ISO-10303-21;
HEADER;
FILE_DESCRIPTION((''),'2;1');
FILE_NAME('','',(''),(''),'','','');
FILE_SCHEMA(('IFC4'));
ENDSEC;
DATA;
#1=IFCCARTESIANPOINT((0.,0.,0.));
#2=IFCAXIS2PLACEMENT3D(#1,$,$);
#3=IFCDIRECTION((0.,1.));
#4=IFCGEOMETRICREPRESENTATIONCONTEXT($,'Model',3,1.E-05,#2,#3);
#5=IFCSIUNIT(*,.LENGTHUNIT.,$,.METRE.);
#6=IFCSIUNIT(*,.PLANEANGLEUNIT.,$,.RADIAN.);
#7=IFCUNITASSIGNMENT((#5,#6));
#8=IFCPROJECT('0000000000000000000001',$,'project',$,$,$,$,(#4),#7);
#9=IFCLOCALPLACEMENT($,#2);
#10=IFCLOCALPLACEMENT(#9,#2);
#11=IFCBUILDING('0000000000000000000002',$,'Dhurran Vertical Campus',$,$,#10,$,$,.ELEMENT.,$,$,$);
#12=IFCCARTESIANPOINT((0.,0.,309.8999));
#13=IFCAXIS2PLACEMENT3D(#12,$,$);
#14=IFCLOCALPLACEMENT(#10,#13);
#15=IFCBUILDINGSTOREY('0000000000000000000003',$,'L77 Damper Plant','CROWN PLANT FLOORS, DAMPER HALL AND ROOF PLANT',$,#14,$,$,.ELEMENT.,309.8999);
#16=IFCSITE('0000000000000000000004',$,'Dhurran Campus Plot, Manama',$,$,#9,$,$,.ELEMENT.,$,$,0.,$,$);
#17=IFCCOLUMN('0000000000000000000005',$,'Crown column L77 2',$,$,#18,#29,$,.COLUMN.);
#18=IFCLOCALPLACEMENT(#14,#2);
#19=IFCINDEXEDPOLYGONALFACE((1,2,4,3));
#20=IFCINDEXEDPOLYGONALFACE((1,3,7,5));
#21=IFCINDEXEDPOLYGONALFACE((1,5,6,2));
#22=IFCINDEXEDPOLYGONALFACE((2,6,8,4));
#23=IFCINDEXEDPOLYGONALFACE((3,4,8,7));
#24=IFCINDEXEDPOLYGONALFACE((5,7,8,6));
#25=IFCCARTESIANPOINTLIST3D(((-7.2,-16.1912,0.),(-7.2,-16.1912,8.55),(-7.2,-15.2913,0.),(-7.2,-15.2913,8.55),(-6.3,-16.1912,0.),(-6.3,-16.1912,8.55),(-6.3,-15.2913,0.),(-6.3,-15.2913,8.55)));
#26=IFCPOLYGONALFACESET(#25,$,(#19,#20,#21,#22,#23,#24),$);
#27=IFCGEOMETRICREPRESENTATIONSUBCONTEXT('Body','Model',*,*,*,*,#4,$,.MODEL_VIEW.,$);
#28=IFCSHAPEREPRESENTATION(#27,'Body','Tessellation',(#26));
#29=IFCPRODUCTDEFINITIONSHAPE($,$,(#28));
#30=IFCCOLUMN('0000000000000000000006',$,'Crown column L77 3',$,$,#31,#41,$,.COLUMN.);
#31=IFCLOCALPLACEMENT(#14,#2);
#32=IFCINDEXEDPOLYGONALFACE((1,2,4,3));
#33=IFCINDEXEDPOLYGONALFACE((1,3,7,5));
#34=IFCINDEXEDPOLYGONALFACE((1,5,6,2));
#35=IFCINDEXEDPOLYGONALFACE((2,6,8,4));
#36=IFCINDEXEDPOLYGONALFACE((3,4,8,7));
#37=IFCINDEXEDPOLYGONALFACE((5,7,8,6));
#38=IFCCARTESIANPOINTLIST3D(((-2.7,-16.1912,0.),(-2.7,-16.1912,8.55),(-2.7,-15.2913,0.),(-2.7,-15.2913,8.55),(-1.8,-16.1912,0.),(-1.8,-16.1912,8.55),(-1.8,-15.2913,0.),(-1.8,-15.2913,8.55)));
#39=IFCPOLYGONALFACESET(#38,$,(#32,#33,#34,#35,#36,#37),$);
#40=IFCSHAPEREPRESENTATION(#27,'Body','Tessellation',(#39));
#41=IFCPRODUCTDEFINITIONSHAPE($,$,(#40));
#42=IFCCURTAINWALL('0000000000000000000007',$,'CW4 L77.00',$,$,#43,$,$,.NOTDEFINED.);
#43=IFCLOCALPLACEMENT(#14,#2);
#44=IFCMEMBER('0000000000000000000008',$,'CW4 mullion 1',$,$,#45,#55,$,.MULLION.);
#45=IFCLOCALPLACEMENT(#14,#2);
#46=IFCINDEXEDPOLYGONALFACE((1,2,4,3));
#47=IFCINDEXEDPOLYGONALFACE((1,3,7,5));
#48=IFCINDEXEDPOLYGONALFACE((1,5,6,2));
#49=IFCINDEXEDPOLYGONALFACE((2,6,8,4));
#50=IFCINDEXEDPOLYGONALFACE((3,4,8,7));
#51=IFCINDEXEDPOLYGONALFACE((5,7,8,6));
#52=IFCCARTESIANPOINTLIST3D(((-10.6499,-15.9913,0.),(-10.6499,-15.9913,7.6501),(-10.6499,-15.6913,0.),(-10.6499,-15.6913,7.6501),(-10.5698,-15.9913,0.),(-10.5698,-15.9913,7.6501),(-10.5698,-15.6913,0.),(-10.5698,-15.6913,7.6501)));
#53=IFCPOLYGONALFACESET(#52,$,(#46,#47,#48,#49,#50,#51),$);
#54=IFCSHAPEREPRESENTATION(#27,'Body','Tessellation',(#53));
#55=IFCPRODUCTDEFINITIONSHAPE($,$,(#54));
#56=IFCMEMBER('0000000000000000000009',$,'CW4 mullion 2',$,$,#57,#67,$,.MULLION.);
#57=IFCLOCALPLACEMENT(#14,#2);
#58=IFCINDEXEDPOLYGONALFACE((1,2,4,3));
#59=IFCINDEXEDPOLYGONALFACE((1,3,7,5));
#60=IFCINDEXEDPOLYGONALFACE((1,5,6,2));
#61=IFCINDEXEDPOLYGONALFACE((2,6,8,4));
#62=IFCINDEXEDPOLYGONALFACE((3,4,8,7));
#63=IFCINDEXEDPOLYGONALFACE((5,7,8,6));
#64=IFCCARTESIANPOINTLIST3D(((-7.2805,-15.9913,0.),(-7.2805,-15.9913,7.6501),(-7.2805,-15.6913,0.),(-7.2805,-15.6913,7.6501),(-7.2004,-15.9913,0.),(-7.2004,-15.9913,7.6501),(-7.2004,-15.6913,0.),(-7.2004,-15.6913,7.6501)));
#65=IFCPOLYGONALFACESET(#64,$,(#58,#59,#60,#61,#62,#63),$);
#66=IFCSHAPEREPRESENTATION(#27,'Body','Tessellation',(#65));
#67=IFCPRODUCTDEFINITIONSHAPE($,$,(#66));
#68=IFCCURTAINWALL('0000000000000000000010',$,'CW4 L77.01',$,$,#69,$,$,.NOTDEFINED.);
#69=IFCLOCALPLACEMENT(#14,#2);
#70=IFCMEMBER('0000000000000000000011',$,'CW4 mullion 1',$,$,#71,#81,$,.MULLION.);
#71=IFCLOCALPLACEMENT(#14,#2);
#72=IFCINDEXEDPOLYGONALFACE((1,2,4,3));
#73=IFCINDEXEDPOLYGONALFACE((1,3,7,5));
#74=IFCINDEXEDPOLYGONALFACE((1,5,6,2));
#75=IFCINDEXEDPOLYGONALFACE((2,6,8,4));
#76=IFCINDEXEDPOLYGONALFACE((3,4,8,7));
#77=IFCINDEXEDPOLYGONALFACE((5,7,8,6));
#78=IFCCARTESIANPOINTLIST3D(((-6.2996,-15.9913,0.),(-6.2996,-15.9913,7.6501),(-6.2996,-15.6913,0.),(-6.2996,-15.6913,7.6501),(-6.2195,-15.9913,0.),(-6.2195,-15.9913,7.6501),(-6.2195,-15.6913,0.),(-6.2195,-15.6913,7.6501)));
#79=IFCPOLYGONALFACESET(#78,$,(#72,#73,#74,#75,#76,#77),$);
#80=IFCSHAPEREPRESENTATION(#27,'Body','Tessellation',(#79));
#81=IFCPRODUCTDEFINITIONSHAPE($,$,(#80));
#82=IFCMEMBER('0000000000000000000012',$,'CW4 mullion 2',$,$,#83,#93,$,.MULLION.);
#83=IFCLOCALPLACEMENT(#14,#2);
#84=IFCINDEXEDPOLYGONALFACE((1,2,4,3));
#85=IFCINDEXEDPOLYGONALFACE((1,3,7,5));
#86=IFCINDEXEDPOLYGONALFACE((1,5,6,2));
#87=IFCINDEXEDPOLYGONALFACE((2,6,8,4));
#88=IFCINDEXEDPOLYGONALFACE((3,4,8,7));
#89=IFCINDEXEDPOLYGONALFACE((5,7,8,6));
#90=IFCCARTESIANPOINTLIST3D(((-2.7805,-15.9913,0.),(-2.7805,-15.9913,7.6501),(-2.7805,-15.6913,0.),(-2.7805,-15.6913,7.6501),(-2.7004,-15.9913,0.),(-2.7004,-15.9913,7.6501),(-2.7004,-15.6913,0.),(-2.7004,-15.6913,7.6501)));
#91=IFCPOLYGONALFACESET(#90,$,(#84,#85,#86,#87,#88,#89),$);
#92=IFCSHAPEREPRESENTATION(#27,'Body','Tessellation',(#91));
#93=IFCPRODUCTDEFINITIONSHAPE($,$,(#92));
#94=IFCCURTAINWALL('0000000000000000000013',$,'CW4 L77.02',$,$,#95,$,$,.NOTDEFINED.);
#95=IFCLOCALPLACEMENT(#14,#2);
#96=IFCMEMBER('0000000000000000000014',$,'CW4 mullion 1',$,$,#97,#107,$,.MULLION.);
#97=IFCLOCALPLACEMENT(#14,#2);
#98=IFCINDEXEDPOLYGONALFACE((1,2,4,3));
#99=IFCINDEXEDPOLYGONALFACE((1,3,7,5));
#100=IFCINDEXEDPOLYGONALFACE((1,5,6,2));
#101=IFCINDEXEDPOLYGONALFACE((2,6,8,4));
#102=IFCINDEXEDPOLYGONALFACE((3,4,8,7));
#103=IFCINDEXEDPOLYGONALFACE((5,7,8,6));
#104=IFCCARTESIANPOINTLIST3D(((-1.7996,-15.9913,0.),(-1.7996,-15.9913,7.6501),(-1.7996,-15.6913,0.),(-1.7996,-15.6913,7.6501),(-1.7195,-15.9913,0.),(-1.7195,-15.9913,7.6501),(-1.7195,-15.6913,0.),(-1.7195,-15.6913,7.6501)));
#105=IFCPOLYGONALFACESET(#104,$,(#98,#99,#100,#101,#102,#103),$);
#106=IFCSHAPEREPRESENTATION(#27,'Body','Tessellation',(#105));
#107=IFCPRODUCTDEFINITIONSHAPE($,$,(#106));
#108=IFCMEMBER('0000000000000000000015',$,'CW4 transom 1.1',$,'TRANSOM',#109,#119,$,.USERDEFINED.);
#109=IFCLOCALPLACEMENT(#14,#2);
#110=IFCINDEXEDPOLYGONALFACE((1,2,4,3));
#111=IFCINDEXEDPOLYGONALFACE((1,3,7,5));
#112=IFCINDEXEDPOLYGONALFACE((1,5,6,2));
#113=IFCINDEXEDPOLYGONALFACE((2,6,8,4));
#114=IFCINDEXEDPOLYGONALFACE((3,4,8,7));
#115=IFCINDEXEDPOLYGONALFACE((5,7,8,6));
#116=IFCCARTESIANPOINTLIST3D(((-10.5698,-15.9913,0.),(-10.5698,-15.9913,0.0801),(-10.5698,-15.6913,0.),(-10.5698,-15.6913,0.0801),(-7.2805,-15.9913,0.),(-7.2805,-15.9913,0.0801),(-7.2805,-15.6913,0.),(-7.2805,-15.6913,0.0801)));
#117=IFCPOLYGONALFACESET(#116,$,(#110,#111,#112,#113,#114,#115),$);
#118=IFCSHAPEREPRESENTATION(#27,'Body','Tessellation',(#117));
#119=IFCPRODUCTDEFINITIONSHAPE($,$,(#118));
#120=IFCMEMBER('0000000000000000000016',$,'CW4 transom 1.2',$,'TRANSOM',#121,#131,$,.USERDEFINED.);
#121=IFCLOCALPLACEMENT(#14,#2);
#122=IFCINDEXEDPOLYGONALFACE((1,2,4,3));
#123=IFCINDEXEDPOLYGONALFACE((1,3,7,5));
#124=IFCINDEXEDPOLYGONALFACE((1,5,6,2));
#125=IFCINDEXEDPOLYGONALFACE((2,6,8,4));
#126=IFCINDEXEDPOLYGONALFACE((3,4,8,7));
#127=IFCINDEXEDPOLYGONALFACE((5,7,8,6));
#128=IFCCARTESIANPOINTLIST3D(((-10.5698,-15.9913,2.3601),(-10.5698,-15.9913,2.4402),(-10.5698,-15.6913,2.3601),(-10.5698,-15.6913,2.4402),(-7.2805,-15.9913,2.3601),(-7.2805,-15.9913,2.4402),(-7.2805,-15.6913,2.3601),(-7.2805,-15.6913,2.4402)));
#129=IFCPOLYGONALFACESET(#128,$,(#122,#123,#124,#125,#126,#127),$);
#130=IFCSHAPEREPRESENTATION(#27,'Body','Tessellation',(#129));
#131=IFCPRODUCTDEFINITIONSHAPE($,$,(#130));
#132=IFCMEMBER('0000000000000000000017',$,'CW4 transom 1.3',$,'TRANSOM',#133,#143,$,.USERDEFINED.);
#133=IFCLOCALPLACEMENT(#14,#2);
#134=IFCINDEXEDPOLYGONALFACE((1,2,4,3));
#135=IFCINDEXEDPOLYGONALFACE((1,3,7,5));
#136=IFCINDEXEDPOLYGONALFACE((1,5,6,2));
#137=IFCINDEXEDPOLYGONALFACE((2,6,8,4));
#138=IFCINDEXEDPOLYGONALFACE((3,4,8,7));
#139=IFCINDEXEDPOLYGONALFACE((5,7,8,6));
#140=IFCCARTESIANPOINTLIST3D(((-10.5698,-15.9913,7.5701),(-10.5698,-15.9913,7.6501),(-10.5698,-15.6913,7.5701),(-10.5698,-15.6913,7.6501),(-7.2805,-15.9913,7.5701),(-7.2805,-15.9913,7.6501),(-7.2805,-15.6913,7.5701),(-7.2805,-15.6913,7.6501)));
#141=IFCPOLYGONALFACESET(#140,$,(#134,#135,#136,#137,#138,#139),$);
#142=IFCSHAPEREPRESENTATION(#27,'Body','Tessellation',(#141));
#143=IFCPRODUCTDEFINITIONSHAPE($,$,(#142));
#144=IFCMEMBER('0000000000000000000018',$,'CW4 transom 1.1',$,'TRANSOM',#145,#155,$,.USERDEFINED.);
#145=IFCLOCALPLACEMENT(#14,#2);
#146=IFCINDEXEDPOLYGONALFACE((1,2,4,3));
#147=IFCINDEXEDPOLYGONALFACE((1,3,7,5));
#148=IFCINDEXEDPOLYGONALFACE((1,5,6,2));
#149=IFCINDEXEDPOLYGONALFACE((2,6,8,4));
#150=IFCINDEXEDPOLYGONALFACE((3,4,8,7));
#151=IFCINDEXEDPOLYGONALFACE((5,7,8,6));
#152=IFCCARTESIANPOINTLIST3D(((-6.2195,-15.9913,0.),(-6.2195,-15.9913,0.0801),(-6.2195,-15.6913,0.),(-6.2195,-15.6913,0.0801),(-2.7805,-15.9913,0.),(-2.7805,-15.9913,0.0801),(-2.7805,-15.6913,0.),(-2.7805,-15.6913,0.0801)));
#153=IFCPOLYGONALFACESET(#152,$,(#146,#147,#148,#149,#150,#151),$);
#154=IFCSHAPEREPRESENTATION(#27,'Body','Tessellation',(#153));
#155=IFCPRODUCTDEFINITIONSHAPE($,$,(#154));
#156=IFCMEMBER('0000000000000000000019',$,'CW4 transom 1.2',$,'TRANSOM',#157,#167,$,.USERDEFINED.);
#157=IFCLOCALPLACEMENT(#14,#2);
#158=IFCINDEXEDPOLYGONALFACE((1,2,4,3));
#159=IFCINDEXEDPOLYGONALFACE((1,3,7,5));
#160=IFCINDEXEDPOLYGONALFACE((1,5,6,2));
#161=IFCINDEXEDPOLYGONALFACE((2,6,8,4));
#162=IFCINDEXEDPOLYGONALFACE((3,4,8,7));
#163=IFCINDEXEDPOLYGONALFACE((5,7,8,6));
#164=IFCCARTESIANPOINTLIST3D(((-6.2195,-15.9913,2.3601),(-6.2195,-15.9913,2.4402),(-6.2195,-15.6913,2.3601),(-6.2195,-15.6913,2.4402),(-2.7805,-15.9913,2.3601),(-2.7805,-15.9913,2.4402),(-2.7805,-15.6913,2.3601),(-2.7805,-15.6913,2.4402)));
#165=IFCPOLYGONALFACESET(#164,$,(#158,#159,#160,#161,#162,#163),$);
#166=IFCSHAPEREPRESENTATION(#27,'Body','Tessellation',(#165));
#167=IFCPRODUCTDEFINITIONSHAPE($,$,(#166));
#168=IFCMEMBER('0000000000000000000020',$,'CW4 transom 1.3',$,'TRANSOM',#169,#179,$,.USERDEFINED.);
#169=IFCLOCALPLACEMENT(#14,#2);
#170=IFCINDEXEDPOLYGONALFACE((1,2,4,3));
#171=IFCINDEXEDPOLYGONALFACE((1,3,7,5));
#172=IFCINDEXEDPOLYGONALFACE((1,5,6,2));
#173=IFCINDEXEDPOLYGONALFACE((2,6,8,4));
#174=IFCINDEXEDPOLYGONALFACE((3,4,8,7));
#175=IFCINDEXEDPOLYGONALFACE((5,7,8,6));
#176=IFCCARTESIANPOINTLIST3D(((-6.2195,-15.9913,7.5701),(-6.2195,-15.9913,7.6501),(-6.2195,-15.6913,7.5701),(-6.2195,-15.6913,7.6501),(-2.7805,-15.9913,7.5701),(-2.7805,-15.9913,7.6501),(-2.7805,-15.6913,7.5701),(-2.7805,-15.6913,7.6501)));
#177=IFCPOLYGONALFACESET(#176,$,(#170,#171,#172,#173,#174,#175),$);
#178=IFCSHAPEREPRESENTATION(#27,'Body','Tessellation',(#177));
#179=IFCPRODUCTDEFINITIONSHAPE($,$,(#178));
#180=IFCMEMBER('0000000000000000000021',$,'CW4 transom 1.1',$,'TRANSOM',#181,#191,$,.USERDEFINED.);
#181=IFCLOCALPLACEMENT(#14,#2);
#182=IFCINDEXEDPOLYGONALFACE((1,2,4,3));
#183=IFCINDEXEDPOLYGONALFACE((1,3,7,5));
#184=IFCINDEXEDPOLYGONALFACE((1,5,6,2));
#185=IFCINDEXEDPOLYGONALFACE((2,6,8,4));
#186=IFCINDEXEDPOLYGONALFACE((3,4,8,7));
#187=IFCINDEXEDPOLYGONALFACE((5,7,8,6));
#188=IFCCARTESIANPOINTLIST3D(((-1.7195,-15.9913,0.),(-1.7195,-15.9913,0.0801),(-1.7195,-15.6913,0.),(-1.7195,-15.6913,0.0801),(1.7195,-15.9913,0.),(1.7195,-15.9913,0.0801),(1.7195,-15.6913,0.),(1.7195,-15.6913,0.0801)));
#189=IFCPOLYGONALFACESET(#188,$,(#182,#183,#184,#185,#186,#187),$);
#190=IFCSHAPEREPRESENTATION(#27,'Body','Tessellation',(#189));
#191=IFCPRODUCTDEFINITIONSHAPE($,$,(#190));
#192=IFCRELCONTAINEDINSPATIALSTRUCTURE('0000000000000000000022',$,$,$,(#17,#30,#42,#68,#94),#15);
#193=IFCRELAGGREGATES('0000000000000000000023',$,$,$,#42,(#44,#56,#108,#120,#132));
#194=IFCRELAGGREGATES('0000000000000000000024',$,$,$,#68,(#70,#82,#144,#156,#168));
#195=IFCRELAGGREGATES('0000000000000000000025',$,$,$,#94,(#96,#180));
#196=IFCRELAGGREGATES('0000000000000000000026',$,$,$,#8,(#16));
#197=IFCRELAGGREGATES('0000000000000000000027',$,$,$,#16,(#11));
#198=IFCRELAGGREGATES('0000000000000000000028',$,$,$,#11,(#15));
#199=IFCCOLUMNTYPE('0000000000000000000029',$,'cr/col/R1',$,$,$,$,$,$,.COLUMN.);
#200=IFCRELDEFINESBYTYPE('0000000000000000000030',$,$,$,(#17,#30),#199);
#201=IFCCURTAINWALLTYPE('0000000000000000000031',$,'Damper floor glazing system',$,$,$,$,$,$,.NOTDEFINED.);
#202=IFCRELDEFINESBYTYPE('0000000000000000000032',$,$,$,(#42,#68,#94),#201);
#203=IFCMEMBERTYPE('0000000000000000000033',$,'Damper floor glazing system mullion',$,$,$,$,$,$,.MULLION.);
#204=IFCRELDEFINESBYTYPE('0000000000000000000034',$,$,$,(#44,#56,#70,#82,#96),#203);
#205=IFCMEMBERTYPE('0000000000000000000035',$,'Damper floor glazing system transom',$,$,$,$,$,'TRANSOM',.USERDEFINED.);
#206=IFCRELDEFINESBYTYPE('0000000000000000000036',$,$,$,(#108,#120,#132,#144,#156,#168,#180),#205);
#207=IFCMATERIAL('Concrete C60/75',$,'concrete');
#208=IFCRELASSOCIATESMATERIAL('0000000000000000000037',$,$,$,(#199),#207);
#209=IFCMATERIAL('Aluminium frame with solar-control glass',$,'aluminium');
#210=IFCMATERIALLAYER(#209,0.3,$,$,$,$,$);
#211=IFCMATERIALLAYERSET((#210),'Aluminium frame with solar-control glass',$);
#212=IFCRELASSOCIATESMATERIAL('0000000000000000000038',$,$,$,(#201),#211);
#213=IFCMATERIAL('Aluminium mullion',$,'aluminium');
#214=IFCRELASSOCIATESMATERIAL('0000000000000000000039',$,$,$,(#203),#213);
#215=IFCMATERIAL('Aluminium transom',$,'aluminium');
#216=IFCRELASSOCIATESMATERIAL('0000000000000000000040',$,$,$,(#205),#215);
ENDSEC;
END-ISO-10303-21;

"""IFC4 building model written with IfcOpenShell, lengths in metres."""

from ifc_helpers import new_model, si_unit, direction, frame, origin, origin_2d, place, context, subcontext, project, spatial, rectangle, extrude, material, layer, layer_set, material_profile, profile_set, type_object, element, aggregate, save


model = new_model("IFC4")

# Units and contexts
model_context = context("Model", 3, precision=1e-05, world=origin(), true_north=direction((0.0, 1.0)))
body_context = subcontext(model_context, "Body", "Model", "MODEL_VIEW")
ifc_project = project(units=[si_unit("LENGTHUNIT", "METRE"), si_unit("PLANEANGLEUNIT", "RADIAN")], contexts=[model_context])

# Site, building, storey
site_placement = place(None, origin())
site = spatial("IfcSite", under=ifc_project, at=site_placement, Name="Dhurran Campus Plot, Manama", CompositionType="ELEMENT", RefElevation=0.0)
building_placement = place(site_placement, origin())
building = spatial("IfcBuilding", under=site, at=building_placement, Name="Dhurran Vertical Campus", CompositionType="ELEMENT")
storey_placement = place(building_placement, frame((0.0, 0.0, 309.8999)))
storey = spatial("IfcBuildingStorey", under=building, at=storey_placement, Name="L77 Damper Plant", Description="CROWN PLANT FLOORS, DAMPER HALL AND ROOF PLANT", CompositionType="ELEMENT", Elevation=309.8999)

# Columns
ifc_material_1 = material(Name="Concrete C60/75", Category="concrete")
ifc_material_profile_1 = material_profile(ifc_material_1, rectangle(XDim=0.8999, YDim=0.8999, at=origin_2d()), Name="cr/col/R1")
ifc_profile_set_1 = profile_set([ifc_material_profile_1], Name="Concrete C60/75")
column_type = type_object("IfcColumnType", Name="cr/col/R1", PredefinedType="COLUMN", material=ifc_profile_set_1)
for number, where, z_axis, x_axis, name in (
    (1, (-6.75, -15.7412, 0.0), (0.0, 0.0, 1.0), (1.0, 0.0, 0.0), "Crown column L77 2"),
    (2, (-2.25, -15.7412, 0.0), (0.0, 0.0, 1.0), (1.0, 0.0, 0.0), "Crown column L77 3"),
):
    element("IfcColumn", number, at=place(storey_placement, frame(where, z_axis=z_axis, x_axis=x_axis)), inside=storey, type_object=column_type, Name=name, PredefinedType="COLUMN", context=body_context, shape_type="SweptSolid", body=[
        extrude(rectangle(XDim=0.8999, YDim=0.8999, at=origin_2d()), origin(), (0.0, 0.0, 1.0), 8.55),
    ])

# Curtain walls, members
ifc_material_2 = material(Name="Aluminium frame with solar-control glass", Category="aluminium")
ifc_layer_1 = layer(ifc_material_2, 0.3)
ifc_layer_set_1 = layer_set([ifc_layer_1], Name="Aluminium frame with solar-control glass")
curtain_wall_type = type_object("IfcCurtainWallType", Name="Damper floor glazing system", PredefinedType="NOTDEFINED", material=ifc_layer_set_1)
curtain_wall_1_placement = place(storey_placement, origin())
curtain_wall_1 = element("IfcCurtainWall", 3, at=curtain_wall_1_placement, inside=storey, type_object=curtain_wall_type, Name="CW4 L77.00", PredefinedType="NOTDEFINED")
ifc_material_3 = material(Name="Aluminium mullion", Category="aluminium")
ifc_material_profile_2 = material_profile(ifc_material_3, rectangle(XDim=0.3, YDim=0.0801, at=origin_2d()), Name="Damper floor glazing system mullion")
ifc_profile_set_2 = profile_set([ifc_material_profile_2], Name="Aluminium mullion")
member_type_1 = type_object("IfcMemberType", Name="Damper floor glazing system mullion", PredefinedType="MULLION", material=ifc_profile_set_2)
member_1_placement = place(storey_placement, frame((-10.6099, -15.8413, 0.0), z_axis=(0.0, 0.0, 1.0), x_axis=(0.0, 1.0, 0.0)))
member_1 = element("IfcMember", 4, at=member_1_placement, type_object=member_type_1, Name="CW4 mullion 1", PredefinedType="MULLION", context=body_context, shape_type="SweptSolid", body=[
    extrude(rectangle(XDim=0.3, YDim=0.0801, at=origin_2d()), origin(), (0.0, 0.0, 1.0), 7.6501),
])
member_2_placement = place(storey_placement, frame((-7.2405, -15.8413, 0.0), z_axis=(0.0, 0.0, 1.0), x_axis=(0.0, 1.0, 0.0)))
member_2 = element("IfcMember", 5, at=member_2_placement, type_object=member_type_1, Name="CW4 mullion 2", PredefinedType="MULLION", context=body_context, shape_type="SweptSolid", body=[
    extrude(rectangle(XDim=0.3, YDim=0.0801, at=origin_2d()), origin(), (0.0, 0.0, 1.0), 7.6501),
])
curtain_wall_2_placement = place(storey_placement, origin())
curtain_wall_2 = element("IfcCurtainWall", 6, at=curtain_wall_2_placement, inside=storey, type_object=curtain_wall_type, Name="CW4 L77.01", PredefinedType="NOTDEFINED")
member_3_placement = place(storey_placement, frame((-6.2595, -15.8413, 0.0), z_axis=(0.0, 0.0, 1.0), x_axis=(0.0, 1.0, 0.0)))
member_3 = element("IfcMember", 7, at=member_3_placement, type_object=member_type_1, Name="CW4 mullion 1", PredefinedType="MULLION", context=body_context, shape_type="SweptSolid", body=[
    extrude(rectangle(XDim=0.3, YDim=0.0801, at=origin_2d()), origin(), (0.0, 0.0, 1.0), 7.6501),
])
member_4_placement = place(storey_placement, frame((-2.7405, -15.8413, 0.0), z_axis=(0.0, 0.0, 1.0), x_axis=(0.0, 1.0, 0.0)))
member_4 = element("IfcMember", 8, at=member_4_placement, type_object=member_type_1, Name="CW4 mullion 2", PredefinedType="MULLION", context=body_context, shape_type="SweptSolid", body=[
    extrude(rectangle(XDim=0.3, YDim=0.0801, at=origin_2d()), origin(), (0.0, 0.0, 1.0), 7.6501),
])

# Curtain wall, member
curtain_wall_3_placement = place(storey_placement, origin())
curtain_wall_3 = element("IfcCurtainWall", 9, at=curtain_wall_3_placement, inside=storey, type_object=curtain_wall_type, Name="CW4 L77.02", PredefinedType="NOTDEFINED")
member_5_placement = place(storey_placement, frame((-1.7595, -15.8413, 0.0), z_axis=(0.0, 0.0, 1.0), x_axis=(0.0, 1.0, 0.0)))
member_5 = element("IfcMember", 10, at=member_5_placement, type_object=member_type_1, Name="CW4 mullion 1", PredefinedType="MULLION", context=body_context, shape_type="SweptSolid", body=[
    extrude(rectangle(XDim=0.3, YDim=0.0801, at=origin_2d()), origin(), (0.0, 0.0, 1.0), 7.6501),
])

# Members
ifc_material_4 = material(Name="Aluminium transom", Category="aluminium")
ifc_material_profile_3 = material_profile(ifc_material_4, rectangle(XDim=0.3, YDim=0.0801, at=origin_2d()), Name="Damper floor glazing system transom")
ifc_profile_set_3 = profile_set([ifc_material_profile_3], Name="Aluminium transom")
member_type_2 = type_object("IfcMemberType", Name="Damper floor glazing system transom", ElementType="TRANSOM", PredefinedType="USERDEFINED", material=ifc_profile_set_3)
member_6_placement = place(storey_placement, frame((-10.5698, -15.8413, 0.04), z_axis=(1.0, 0.0, 0.0), x_axis=(0.0, 1.0, 0.0)))
member_6 = element("IfcMember", 11, at=member_6_placement, type_object=member_type_2, Name="CW4 transom 1.1", ObjectType="TRANSOM", PredefinedType="USERDEFINED", context=body_context, shape_type="SweptSolid", body=[
    extrude(rectangle(XDim=0.3, YDim=0.0801, at=origin_2d()), origin(), (0.0, 0.0, 1.0), 3.2893),
])
member_7_placement = place(storey_placement, frame((-10.5698, -15.8413, 2.4001), z_axis=(1.0, 0.0, 0.0), x_axis=(0.0, 1.0, 0.0)))
member_7 = element("IfcMember", 12, at=member_7_placement, type_object=member_type_2, Name="CW4 transom 1.2", ObjectType="TRANSOM", PredefinedType="USERDEFINED", context=body_context, shape_type="SweptSolid", body=[
    extrude(rectangle(XDim=0.3, YDim=0.0801, at=origin_2d()), origin(), (0.0, 0.0, 1.0), 3.2893),
])
member_8_placement = place(storey_placement, frame((-10.5698, -15.8413, 7.6101), z_axis=(1.0, 0.0, 0.0), x_axis=(0.0, 1.0, 0.0)))
member_8 = element("IfcMember", 13, at=member_8_placement, type_object=member_type_2, Name="CW4 transom 1.3", ObjectType="TRANSOM", PredefinedType="USERDEFINED", context=body_context, shape_type="SweptSolid", body=[
    extrude(rectangle(XDim=0.3, YDim=0.0801, at=origin_2d()), origin(), (0.0, 0.0, 1.0), 3.2893),
])
member_9_placement = place(storey_placement, frame((-6.2195, -15.8413, 0.04), z_axis=(1.0, 0.0, 0.0), x_axis=(0.0, 1.0, 0.0)))
member_9 = element("IfcMember", 14, at=member_9_placement, type_object=member_type_2, Name="CW4 transom 1.1", ObjectType="TRANSOM", PredefinedType="USERDEFINED", context=body_context, shape_type="SweptSolid", body=[
    extrude(rectangle(XDim=0.3, YDim=0.0801, at=origin_2d()), origin(), (0.0, 0.0, 1.0), 3.439),
])
member_10_placement = place(storey_placement, frame((-6.2195, -15.8413, 2.4001), z_axis=(1.0, 0.0, 0.0), x_axis=(0.0, 1.0, 0.0)))
member_10 = element("IfcMember", 15, at=member_10_placement, type_object=member_type_2, Name="CW4 transom 1.2", ObjectType="TRANSOM", PredefinedType="USERDEFINED", context=body_context, shape_type="SweptSolid", body=[
    extrude(rectangle(XDim=0.3, YDim=0.0801, at=origin_2d()), origin(), (0.0, 0.0, 1.0), 3.439),
])
member_11_placement = place(storey_placement, frame((-6.2195, -15.8413, 7.6101), z_axis=(1.0, 0.0, 0.0), x_axis=(0.0, 1.0, 0.0)))
member_11 = element("IfcMember", 16, at=member_11_placement, type_object=member_type_2, Name="CW4 transom 1.3", ObjectType="TRANSOM", PredefinedType="USERDEFINED", context=body_context, shape_type="SweptSolid", body=[
    extrude(rectangle(XDim=0.3, YDim=0.0801, at=origin_2d()), origin(), (0.0, 0.0, 1.0), 3.439),
])
member_12_placement = place(storey_placement, frame((-1.7195, -15.8413, 0.04), z_axis=(1.0, 0.0, 0.0), x_axis=(0.0, 1.0, 0.0)))
member_12 = element("IfcMember", 17, at=member_12_placement, type_object=member_type_2, Name="CW4 transom 1.1", ObjectType="TRANSOM", PredefinedType="USERDEFINED", context=body_context, shape_type="SweptSolid", body=[
    extrude(rectangle(XDim=0.3, YDim=0.0801, at=origin_2d()), origin(), (0.0, 0.0, 1.0), 3.439),
])

aggregate(curtain_wall_1, [member_1, member_2, member_6, member_7, member_8])
aggregate(curtain_wall_2, [member_3, member_4, member_9, member_10, member_11])
aggregate(curtain_wall_3, [member_5, member_12])

save(model, "model.ifc")
